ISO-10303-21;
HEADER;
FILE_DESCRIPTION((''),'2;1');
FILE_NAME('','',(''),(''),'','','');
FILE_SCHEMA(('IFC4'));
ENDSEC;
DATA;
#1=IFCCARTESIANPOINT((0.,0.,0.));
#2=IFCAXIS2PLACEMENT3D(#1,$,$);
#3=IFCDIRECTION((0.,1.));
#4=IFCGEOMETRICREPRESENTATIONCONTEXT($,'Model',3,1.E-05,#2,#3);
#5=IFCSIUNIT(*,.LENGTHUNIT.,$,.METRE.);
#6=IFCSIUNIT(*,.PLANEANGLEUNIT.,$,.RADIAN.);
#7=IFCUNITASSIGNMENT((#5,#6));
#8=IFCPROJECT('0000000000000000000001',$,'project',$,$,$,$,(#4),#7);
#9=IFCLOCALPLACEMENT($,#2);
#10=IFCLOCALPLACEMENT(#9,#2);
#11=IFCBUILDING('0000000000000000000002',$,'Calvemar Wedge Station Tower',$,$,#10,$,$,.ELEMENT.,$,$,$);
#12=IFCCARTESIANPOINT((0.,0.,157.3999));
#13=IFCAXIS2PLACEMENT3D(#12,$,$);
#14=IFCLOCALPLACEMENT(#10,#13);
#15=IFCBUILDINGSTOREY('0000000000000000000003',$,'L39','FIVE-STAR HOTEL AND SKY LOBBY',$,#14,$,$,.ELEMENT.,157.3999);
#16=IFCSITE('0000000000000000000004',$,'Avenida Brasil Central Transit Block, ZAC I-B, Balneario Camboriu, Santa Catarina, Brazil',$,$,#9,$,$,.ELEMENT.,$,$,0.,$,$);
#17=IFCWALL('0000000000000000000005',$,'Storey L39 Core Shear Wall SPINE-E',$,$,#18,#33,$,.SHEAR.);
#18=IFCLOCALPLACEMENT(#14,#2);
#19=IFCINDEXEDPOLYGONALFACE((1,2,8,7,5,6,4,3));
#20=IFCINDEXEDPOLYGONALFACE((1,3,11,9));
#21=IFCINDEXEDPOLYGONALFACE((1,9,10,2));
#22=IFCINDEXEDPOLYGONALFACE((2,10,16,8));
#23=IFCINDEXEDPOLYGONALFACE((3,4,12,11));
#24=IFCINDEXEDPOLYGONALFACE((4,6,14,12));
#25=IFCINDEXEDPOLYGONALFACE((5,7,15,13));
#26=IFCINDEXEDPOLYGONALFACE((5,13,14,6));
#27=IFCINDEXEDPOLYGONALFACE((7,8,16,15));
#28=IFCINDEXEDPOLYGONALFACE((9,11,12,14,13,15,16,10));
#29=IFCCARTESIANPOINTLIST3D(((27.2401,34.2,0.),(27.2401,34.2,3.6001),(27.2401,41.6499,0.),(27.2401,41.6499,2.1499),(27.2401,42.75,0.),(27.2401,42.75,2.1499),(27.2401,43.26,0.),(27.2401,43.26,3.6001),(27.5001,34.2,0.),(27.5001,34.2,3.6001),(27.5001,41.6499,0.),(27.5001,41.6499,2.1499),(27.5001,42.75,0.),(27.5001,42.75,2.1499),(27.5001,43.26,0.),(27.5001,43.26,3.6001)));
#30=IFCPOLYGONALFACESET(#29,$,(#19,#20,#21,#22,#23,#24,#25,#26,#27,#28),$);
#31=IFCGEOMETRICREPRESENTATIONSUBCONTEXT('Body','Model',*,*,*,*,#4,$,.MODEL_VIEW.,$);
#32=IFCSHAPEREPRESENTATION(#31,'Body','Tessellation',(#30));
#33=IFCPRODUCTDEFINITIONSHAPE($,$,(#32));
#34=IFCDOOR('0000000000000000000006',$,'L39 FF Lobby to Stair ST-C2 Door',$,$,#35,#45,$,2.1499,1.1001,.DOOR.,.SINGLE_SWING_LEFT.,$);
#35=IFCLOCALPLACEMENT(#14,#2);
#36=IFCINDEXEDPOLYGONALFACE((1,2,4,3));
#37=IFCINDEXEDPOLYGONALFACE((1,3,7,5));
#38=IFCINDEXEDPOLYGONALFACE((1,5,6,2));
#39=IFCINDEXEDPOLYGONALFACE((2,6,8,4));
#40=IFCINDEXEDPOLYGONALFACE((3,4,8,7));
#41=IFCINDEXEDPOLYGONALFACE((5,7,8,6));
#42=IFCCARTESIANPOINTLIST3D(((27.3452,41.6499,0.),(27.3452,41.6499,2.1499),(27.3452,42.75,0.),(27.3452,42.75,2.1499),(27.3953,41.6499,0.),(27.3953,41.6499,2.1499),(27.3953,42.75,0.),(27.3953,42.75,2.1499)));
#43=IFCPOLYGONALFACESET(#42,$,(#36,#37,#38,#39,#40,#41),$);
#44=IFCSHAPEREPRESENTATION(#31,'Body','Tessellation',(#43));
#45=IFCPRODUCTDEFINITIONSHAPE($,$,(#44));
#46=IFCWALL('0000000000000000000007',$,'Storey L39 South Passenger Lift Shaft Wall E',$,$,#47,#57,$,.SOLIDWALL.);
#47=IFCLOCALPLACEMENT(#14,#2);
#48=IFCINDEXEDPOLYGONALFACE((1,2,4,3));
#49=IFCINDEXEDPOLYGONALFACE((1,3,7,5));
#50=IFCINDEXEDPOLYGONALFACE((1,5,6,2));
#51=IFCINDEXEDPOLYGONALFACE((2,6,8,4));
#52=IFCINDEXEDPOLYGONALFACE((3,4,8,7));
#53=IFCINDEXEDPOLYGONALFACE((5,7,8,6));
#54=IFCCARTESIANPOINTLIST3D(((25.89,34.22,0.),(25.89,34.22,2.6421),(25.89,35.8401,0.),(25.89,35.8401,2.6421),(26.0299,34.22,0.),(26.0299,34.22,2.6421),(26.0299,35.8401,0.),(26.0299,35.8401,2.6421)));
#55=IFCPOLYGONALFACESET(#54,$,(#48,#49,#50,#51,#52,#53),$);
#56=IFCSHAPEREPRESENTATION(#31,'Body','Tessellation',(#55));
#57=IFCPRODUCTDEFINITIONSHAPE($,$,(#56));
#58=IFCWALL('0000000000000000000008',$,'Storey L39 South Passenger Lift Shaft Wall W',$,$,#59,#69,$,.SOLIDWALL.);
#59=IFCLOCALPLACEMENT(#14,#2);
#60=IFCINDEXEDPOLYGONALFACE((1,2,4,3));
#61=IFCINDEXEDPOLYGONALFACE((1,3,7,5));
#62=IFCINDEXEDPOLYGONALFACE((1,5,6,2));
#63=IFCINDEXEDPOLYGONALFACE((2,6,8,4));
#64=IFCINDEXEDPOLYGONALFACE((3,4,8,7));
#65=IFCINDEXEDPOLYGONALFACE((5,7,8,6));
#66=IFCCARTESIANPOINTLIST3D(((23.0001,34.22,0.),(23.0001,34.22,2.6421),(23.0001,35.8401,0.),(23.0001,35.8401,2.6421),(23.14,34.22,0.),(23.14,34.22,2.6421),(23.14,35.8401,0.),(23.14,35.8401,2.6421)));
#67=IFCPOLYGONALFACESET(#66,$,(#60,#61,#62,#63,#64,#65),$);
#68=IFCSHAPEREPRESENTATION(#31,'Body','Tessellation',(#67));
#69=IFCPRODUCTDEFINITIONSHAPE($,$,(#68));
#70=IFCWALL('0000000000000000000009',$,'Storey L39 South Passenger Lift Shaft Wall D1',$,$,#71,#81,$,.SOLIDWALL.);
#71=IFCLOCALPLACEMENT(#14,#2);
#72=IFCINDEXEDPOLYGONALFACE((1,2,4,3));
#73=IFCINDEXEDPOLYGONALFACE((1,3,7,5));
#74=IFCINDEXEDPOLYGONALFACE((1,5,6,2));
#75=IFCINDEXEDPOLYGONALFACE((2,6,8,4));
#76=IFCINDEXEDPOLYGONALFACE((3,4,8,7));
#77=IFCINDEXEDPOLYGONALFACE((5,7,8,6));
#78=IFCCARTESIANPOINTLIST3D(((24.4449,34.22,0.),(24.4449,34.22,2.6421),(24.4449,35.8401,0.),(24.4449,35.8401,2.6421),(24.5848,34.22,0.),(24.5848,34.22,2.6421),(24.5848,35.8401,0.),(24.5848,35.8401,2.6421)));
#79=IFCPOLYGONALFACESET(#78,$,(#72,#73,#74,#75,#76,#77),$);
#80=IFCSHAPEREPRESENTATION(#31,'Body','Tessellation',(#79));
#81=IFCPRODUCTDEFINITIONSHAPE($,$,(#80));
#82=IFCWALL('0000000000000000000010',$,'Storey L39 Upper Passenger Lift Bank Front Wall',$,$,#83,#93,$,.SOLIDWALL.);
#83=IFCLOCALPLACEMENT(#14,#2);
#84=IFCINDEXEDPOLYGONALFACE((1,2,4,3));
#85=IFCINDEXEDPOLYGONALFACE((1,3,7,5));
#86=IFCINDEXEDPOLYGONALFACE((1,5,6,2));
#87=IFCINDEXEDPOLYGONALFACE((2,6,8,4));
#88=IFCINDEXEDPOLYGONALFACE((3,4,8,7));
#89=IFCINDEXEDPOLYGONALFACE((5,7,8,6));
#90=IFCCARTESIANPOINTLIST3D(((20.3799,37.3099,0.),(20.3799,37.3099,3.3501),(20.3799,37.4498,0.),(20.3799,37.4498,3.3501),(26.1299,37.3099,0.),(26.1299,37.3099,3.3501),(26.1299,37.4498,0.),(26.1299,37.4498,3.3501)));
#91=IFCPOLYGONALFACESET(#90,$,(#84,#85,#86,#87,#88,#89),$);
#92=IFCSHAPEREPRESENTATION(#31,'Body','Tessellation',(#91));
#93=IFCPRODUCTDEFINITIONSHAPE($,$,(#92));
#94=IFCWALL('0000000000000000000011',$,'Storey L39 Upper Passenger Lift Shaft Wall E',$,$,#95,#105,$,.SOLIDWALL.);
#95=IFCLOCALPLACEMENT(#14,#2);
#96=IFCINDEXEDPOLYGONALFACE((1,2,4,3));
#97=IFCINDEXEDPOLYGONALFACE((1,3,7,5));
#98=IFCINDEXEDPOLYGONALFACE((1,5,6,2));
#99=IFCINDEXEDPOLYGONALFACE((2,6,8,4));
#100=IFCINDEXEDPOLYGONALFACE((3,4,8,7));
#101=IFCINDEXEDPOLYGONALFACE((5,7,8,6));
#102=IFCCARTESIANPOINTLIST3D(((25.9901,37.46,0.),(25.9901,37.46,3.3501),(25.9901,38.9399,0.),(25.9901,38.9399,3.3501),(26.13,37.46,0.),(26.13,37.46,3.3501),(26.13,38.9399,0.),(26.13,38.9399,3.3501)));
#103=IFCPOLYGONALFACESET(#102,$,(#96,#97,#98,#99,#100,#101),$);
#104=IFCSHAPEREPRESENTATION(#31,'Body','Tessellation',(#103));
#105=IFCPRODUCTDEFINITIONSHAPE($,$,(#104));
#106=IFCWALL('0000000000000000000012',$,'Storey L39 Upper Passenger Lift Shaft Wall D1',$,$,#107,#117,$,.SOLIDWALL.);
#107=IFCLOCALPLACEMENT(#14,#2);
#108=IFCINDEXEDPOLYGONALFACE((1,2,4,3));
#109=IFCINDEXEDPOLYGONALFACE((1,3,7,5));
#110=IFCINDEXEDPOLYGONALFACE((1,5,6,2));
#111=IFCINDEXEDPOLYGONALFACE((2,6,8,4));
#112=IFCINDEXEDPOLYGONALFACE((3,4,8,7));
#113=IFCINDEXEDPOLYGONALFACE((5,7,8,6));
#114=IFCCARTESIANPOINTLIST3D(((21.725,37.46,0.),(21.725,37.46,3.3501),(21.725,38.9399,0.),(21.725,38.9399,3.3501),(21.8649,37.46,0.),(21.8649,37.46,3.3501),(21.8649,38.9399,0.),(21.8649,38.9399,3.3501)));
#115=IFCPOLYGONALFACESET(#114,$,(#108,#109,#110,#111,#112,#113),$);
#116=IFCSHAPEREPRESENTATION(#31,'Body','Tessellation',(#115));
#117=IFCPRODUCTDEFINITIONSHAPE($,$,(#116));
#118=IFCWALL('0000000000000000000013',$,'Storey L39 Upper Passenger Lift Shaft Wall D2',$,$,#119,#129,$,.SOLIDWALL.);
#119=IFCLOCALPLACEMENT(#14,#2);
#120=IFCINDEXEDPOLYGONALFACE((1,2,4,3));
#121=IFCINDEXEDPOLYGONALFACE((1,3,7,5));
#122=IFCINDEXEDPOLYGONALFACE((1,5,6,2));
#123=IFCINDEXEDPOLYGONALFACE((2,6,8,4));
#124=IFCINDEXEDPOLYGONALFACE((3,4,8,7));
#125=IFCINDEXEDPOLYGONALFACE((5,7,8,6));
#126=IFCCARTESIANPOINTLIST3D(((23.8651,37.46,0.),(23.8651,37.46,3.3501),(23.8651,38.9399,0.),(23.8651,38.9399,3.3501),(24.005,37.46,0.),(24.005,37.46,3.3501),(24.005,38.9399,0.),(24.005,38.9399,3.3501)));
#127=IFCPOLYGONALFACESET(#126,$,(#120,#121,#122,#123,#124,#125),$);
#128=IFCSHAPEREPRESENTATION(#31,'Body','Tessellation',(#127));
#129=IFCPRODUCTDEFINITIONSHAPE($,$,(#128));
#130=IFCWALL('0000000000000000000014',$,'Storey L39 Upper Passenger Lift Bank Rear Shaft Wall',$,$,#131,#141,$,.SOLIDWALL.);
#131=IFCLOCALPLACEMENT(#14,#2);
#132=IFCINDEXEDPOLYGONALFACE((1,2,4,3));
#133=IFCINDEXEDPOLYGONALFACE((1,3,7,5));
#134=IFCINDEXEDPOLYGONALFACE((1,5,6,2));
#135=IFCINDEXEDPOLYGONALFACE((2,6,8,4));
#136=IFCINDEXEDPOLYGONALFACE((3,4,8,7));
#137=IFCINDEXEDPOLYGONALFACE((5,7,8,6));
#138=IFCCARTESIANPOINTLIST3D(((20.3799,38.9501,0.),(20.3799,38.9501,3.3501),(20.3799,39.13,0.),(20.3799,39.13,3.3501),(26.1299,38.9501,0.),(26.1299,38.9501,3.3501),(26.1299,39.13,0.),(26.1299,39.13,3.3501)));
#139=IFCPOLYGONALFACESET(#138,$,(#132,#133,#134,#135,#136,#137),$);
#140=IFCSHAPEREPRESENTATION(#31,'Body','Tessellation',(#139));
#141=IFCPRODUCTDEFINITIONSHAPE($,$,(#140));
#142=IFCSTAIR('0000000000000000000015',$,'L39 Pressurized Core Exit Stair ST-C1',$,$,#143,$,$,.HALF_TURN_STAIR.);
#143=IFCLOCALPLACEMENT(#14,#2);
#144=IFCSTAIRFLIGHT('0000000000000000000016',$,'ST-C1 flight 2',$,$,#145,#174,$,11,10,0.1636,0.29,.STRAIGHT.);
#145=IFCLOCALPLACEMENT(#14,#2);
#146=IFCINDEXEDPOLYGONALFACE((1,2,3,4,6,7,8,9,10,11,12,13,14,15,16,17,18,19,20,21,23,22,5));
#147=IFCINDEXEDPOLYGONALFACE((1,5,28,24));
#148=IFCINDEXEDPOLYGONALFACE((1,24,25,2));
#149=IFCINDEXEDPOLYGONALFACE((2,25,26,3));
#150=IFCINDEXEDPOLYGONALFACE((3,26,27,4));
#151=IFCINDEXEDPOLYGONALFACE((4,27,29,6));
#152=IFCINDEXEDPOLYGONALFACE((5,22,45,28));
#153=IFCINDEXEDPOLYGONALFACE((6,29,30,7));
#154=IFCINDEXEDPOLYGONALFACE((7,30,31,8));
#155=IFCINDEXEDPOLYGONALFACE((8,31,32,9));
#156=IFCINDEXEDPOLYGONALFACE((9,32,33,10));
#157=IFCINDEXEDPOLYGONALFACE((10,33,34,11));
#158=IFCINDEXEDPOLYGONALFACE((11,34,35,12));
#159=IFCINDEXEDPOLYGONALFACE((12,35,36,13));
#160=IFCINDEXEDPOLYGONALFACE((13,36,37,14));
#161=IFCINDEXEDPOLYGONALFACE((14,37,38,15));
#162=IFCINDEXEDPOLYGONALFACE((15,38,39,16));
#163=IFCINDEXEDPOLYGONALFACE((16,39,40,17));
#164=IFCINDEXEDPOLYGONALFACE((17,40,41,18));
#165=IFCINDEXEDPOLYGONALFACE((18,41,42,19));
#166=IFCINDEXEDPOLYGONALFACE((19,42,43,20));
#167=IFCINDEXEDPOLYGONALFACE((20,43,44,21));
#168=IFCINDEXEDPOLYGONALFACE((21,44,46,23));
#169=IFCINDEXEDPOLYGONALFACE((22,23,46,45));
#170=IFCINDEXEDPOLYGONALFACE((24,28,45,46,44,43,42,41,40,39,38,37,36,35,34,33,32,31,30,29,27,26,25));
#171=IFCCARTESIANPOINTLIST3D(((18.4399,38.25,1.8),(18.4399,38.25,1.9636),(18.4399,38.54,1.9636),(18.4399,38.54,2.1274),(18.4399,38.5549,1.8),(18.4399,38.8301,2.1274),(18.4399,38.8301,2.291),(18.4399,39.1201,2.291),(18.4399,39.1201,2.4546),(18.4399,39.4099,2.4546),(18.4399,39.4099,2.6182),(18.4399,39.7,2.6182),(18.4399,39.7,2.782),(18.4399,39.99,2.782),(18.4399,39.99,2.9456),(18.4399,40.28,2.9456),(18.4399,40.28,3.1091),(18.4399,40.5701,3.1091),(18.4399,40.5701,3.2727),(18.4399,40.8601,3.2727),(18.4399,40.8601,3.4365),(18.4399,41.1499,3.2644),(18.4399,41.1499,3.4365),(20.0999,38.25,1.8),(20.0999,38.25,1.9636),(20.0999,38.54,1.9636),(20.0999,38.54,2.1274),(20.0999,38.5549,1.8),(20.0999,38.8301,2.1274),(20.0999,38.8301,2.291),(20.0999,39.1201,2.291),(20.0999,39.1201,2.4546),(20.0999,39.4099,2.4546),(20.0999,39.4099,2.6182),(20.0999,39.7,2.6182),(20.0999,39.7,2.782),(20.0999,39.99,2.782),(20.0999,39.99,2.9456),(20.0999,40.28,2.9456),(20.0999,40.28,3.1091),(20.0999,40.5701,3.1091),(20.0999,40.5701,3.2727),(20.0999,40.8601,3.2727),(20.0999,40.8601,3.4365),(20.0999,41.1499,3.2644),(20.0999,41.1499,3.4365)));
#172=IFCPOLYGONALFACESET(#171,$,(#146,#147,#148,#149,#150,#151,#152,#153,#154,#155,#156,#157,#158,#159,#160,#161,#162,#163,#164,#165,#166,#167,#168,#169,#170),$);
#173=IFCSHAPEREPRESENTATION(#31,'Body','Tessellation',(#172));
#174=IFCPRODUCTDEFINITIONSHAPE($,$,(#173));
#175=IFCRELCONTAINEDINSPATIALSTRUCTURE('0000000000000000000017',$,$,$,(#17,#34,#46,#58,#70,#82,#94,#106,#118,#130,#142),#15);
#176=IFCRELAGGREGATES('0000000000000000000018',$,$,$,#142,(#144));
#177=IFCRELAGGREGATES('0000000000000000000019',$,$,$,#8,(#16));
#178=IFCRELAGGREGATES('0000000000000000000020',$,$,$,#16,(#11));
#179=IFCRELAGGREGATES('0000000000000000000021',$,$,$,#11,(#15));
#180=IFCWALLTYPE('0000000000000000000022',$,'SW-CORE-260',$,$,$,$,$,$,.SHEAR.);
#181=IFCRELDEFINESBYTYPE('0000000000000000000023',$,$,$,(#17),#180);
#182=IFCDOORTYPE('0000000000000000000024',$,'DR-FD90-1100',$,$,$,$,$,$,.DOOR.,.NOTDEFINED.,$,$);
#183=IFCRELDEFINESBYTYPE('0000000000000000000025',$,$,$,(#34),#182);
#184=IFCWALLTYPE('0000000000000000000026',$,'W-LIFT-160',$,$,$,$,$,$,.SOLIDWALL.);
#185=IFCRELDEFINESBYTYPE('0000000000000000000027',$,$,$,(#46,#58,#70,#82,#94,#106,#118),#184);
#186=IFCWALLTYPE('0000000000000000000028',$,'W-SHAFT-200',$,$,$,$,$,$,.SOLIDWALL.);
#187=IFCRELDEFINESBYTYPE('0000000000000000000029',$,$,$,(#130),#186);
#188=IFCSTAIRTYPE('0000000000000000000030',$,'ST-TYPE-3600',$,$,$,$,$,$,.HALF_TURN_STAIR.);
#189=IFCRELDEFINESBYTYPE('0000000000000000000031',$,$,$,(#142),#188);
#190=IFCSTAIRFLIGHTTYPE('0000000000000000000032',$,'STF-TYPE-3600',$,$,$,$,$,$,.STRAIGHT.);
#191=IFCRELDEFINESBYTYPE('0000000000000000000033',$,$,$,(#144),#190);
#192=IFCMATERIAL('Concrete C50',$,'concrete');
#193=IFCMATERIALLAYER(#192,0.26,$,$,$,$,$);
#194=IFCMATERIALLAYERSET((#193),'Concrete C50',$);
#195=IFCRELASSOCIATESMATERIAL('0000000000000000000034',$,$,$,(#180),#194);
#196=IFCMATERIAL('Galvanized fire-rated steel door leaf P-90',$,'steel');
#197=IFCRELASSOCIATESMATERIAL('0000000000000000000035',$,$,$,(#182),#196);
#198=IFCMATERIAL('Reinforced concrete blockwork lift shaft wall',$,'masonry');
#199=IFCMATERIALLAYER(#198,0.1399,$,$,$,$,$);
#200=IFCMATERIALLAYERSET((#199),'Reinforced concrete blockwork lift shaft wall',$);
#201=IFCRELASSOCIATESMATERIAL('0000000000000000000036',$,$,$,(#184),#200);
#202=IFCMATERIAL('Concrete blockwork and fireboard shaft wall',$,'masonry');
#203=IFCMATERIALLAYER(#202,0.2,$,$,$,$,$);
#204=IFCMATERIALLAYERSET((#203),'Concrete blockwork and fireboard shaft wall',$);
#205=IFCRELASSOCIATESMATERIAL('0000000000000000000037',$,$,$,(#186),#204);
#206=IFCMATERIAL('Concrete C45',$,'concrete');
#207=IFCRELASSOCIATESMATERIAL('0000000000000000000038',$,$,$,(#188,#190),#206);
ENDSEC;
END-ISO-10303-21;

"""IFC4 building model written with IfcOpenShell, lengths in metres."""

from ifc_helpers import new_model, si_unit, direction, frame, frame_2d, origin, place, context, subcontext, project, spatial, polyline, rectangle, outline, extrude, source, transform, mapped, material, layer, layer_set, type_object, element, fill, aggregate, save


model = new_model("IFC4")

# Units and contexts
model_context = context("Model", 3, precision=1e-05, world=origin(), true_north=direction((0.0, 1.0)))
body_context = subcontext(model_context, "Body", "Model", "MODEL_VIEW")
ifc_project = project(units=[si_unit("LENGTHUNIT", "METRE"), si_unit("PLANEANGLEUNIT", "RADIAN")], contexts=[model_context])

# Site, building, storey
site_placement = place(None, origin())
site = spatial("IfcSite", under=ifc_project, at=site_placement, Name="Avenida Brasil Central Transit Block, ZAC I-B, Balneario Camboriu, Santa Catarina, Brazil", CompositionType="ELEMENT", RefElevation=0.0)
building_placement = place(site_placement, origin())
building = spatial("IfcBuilding", under=site, at=building_placement, Name="Calvemar Wedge Station Tower", CompositionType="ELEMENT")
storey_placement = place(building_placement, frame((0.0, 0.0, 157.3999)))
storey = spatial("IfcBuildingStorey", under=building, at=storey_placement, Name="L39", Description="FIVE-STAR HOTEL AND SKY LOBBY", CompositionType="ELEMENT", Elevation=157.3999)

# Wall, opening, door
ifc_material_1 = material(Name="Concrete C50", Category="concrete")
ifc_layer_1 = layer(ifc_material_1, 0.26)
ifc_layer_set_1 = layer_set([ifc_layer_1], Name="Concrete C50")
wall_type_1 = type_object("IfcWallType", Name="SW-CORE-260", PredefinedType="SHEAR", material=ifc_layer_set_1)
shared_shape_1 = source(origin(), body_context, "Body", "SweptSolid", [
    extrude(rectangle(XDim=1.1001, YDim=2.1499, at=frame_2d((0.55, 1.075))), frame((0.0, 0.1401, 0.0), z_axis=(0.0, -1.0, 0.0), x_axis=(1.0, 0.0, 0.0)), (0.0, 0.0, 1.0), 0.28),
])
ifc_material_2 = material(Name="Galvanized fire-rated steel door leaf P-90", Category="steel")
door_type_1 = type_object("IfcDoorType", Name="DR-FD90-1100", OperationType="NOTDEFINED", PredefinedType="DOOR", material=ifc_material_2)
shared_shape_2 = source(origin(), body_context, "Body", "SweptSolid", [
    extrude(rectangle(XDim=1.1001, YDim=2.1499, at=frame_2d((0.55, 1.075))), frame((0.0, 0.0249, 0.0), z_axis=(0.0, -1.0, 0.0), x_axis=(1.0, 0.0, 0.0)), (0.0, 0.0, 1.0), 0.05),
])
wall_1_placement = place(storey_placement, frame((27.3701, 34.2, 0.0), z_axis=(0.0, 0.0, 1.0), x_axis=(0.0, 1.0, 0.0)))
wall_1 = element("IfcWall", 1, at=wall_1_placement, inside=storey, type_object=wall_type_1, Name="Storey L39 Core Shear Wall SPINE-E", PredefinedType="SHEAR", context=body_context, shape_type="SweptSolid", body=[
    extrude(rectangle(XDim=9.0601, YDim=0.26, at=frame_2d((4.53, 0.0))), origin(), (0.0, 0.0, 1.0), 3.6001),
])
opening_1_placement = place(wall_1_placement, frame((7.45, 0.0, 0.0)))
opening_1 = element("IfcOpeningElement", 2, at=opening_1_placement, cuts=wall_1, PredefinedType="OPENING", context=body_context, shape_type="MappedRepresentation", body=[
    mapped(shared_shape_1, transform((0.0, 0.0, 0.0), scale=1.0)),
])
door_1_placement = place(opening_1_placement, origin())
door_1 = element("IfcDoor", 3, at=door_1_placement, inside=storey, type_object=door_type_1, Name="L39 FF Lobby to Stair ST-C2 Door", OperationType="SINGLE_SWING_LEFT", OverallHeight=2.1499, OverallWidth=1.1001, PredefinedType="DOOR", context=body_context, shape_type="MappedRepresentation", body=[
    mapped(shared_shape_2, transform((0.0, 0.0, 0.0), scale=1.0)),
])
fill(opening_1, door_1)

# Shared definitions
ifc_material_3 = material(Name="Reinforced concrete blockwork lift shaft wall", Category="masonry")
ifc_layer_2 = layer(ifc_material_3, 0.1399)
ifc_layer_set_2 = layer_set([ifc_layer_2], Name="Reinforced concrete blockwork lift shaft wall")
wall_type_2 = type_object("IfcWallType", Name="W-LIFT-160", PredefinedType="SOLIDWALL", material=ifc_layer_set_2)

# Walls
for number, where, z_axis, x_axis, name in (
    (4, (25.96, 34.22, 0.0), (0.0, 0.0, 1.0), (0.0, 1.0, 0.0), "Storey L39 South Passenger Lift Shaft Wall E"),
    (5, (23.0701, 34.22, 0.0), (0.0, 0.0, 1.0), (0.0, 1.0, 0.0), "Storey L39 South Passenger Lift Shaft Wall W"),
    (6, (24.5149, 34.22, 0.0), (0.0, 0.0, 1.0), (0.0, 1.0, 0.0), "Storey L39 South Passenger Lift Shaft Wall D1"),
):
    element("IfcWall", number, at=place(storey_placement, frame(where, z_axis=z_axis, x_axis=x_axis)), inside=storey, type_object=wall_type_2, Name=name, PredefinedType="SOLIDWALL", context=body_context, shape_type="SweptSolid", body=[
        extrude(rectangle(XDim=1.6201, YDim=0.1399, at=frame_2d((0.8101, 0.0))), origin(), (0.0, 0.0, 1.0), 2.6421),
    ])
wall_2_placement = place(storey_placement, frame((20.3799, 37.3799, 0.0), z_axis=(0.0, 0.0, 1.0), x_axis=(1.0, 0.0, 0.0)))
element("IfcWall", 7, at=wall_2_placement, inside=storey, type_object=wall_type_2, Name="Storey L39 Upper Passenger Lift Bank Front Wall", PredefinedType="SOLIDWALL", context=body_context, shape_type="SweptSolid", body=[
    extrude(rectangle(XDim=5.75, YDim=0.1399, at=frame_2d((2.875, 0.0))), origin(), (0.0, 0.0, 1.0), 3.3501),
])
for number, where, z_axis, x_axis, name in (
    (8, (26.0601, 37.46, 0.0), (0.0, 0.0, 1.0), (0.0, 1.0, 0.0), "Storey L39 Upper Passenger Lift Shaft Wall E"),
    (9, (21.7949, 37.46, 0.0), (0.0, 0.0, 1.0), (0.0, 1.0, 0.0), "Storey L39 Upper Passenger Lift Shaft Wall D1"),
    (10, (23.9351, 37.46, 0.0), (0.0, 0.0, 1.0), (0.0, 1.0, 0.0), "Storey L39 Upper Passenger Lift Shaft Wall D2"),
):
    element("IfcWall", number, at=place(storey_placement, frame(where, z_axis=z_axis, x_axis=x_axis)), inside=storey, type_object=wall_type_2, Name=name, PredefinedType="SOLIDWALL", context=body_context, shape_type="SweptSolid", body=[
        extrude(rectangle(XDim=1.48, YDim=0.1399, at=frame_2d((0.74, 0.0))), origin(), (0.0, 0.0, 1.0), 3.3501),
    ])
ifc_material_4 = material(Name="Concrete blockwork and fireboard shaft wall", Category="masonry")
ifc_layer_3 = layer(ifc_material_4, 0.2)
ifc_layer_set_3 = layer_set([ifc_layer_3], Name="Concrete blockwork and fireboard shaft wall")
wall_type_3 = type_object("IfcWallType", Name="W-SHAFT-200", PredefinedType="SOLIDWALL", material=ifc_layer_set_3)
wall_3_placement = place(storey_placement, frame((20.3799, 39.04, 0.0), z_axis=(0.0, 0.0, 1.0), x_axis=(1.0, 0.0, 0.0)))
element("IfcWall", 11, at=wall_3_placement, inside=storey, type_object=wall_type_3, Name="Storey L39 Upper Passenger Lift Bank Rear Shaft Wall", PredefinedType="SOLIDWALL", context=body_context, shape_type="SweptSolid", body=[
    extrude(rectangle(XDim=5.75, YDim=0.1799, at=frame_2d((2.875, 0.0))), origin(), (0.0, 0.0, 1.0), 3.3501),
])

# Stair, stair flight
ifc_material_5 = material(Name="Concrete C45", Category="concrete")
stair_type = type_object("IfcStairType", Name="ST-TYPE-3600", PredefinedType="HALF_TURN_STAIR", material=ifc_material_5)
stair_placement = place(storey_placement, origin())
stair = element("IfcStair", 12, at=stair_placement, inside=storey, type_object=stair_type, Name="L39 Pressurized Core Exit Stair ST-C1", PredefinedType="HALF_TURN_STAIR")
stair_flight_type = type_object("IfcStairFlightType", Name="STF-TYPE-3600", PredefinedType="STRAIGHT", material=ifc_material_5)
stair_flight_placement = place(storey_placement, frame((19.27, 38.25, 1.8), z_axis=(0.0, 0.0, 1.0), x_axis=(0.0, 1.0, 0.0)))
stair_flight = element("IfcStairFlight", 13, at=stair_flight_placement, type_object=stair_flight_type, Name="ST-C1 flight 2", NumberOfRisers=11, NumberOfTreads=10, PredefinedType="STRAIGHT", RiserHeight=0.1636, TreadLength=0.29, context=body_context, shape_type="SweptSolid", body=[
    extrude(outline(polyline([(0.0, 0.0), (0.0, 0.1636), (0.29, 0.1636), (0.29, 0.3274), (0.5801, 0.3274), (0.5801, 0.491), (0.8701, 0.491), (0.8701, 0.6545), (1.1599, 0.6545), (1.1599, 0.8181), (1.45, 0.8181), (1.45, 0.9819), (1.74, 0.9819), (1.74, 1.1455), (2.03, 1.1455), (2.03, 1.3091), (2.3201, 1.3091), (2.3201, 1.4727), (2.6101, 1.4727), (2.6101, 1.6365), (2.8999, 1.6365), (2.8999, 1.8), (2.8999, 1.4644), (0.3049, 0.0), (0.0, 0.0)])), frame((0.0, 0.8301, 0.0), z_axis=(0.0, -1.0, 0.0), x_axis=(1.0, 0.0, 0.0)), (0.0, 0.0, 1.0), 1.6599),
])
aggregate(stair, [stair_flight])

save(model, "model.ifc")
